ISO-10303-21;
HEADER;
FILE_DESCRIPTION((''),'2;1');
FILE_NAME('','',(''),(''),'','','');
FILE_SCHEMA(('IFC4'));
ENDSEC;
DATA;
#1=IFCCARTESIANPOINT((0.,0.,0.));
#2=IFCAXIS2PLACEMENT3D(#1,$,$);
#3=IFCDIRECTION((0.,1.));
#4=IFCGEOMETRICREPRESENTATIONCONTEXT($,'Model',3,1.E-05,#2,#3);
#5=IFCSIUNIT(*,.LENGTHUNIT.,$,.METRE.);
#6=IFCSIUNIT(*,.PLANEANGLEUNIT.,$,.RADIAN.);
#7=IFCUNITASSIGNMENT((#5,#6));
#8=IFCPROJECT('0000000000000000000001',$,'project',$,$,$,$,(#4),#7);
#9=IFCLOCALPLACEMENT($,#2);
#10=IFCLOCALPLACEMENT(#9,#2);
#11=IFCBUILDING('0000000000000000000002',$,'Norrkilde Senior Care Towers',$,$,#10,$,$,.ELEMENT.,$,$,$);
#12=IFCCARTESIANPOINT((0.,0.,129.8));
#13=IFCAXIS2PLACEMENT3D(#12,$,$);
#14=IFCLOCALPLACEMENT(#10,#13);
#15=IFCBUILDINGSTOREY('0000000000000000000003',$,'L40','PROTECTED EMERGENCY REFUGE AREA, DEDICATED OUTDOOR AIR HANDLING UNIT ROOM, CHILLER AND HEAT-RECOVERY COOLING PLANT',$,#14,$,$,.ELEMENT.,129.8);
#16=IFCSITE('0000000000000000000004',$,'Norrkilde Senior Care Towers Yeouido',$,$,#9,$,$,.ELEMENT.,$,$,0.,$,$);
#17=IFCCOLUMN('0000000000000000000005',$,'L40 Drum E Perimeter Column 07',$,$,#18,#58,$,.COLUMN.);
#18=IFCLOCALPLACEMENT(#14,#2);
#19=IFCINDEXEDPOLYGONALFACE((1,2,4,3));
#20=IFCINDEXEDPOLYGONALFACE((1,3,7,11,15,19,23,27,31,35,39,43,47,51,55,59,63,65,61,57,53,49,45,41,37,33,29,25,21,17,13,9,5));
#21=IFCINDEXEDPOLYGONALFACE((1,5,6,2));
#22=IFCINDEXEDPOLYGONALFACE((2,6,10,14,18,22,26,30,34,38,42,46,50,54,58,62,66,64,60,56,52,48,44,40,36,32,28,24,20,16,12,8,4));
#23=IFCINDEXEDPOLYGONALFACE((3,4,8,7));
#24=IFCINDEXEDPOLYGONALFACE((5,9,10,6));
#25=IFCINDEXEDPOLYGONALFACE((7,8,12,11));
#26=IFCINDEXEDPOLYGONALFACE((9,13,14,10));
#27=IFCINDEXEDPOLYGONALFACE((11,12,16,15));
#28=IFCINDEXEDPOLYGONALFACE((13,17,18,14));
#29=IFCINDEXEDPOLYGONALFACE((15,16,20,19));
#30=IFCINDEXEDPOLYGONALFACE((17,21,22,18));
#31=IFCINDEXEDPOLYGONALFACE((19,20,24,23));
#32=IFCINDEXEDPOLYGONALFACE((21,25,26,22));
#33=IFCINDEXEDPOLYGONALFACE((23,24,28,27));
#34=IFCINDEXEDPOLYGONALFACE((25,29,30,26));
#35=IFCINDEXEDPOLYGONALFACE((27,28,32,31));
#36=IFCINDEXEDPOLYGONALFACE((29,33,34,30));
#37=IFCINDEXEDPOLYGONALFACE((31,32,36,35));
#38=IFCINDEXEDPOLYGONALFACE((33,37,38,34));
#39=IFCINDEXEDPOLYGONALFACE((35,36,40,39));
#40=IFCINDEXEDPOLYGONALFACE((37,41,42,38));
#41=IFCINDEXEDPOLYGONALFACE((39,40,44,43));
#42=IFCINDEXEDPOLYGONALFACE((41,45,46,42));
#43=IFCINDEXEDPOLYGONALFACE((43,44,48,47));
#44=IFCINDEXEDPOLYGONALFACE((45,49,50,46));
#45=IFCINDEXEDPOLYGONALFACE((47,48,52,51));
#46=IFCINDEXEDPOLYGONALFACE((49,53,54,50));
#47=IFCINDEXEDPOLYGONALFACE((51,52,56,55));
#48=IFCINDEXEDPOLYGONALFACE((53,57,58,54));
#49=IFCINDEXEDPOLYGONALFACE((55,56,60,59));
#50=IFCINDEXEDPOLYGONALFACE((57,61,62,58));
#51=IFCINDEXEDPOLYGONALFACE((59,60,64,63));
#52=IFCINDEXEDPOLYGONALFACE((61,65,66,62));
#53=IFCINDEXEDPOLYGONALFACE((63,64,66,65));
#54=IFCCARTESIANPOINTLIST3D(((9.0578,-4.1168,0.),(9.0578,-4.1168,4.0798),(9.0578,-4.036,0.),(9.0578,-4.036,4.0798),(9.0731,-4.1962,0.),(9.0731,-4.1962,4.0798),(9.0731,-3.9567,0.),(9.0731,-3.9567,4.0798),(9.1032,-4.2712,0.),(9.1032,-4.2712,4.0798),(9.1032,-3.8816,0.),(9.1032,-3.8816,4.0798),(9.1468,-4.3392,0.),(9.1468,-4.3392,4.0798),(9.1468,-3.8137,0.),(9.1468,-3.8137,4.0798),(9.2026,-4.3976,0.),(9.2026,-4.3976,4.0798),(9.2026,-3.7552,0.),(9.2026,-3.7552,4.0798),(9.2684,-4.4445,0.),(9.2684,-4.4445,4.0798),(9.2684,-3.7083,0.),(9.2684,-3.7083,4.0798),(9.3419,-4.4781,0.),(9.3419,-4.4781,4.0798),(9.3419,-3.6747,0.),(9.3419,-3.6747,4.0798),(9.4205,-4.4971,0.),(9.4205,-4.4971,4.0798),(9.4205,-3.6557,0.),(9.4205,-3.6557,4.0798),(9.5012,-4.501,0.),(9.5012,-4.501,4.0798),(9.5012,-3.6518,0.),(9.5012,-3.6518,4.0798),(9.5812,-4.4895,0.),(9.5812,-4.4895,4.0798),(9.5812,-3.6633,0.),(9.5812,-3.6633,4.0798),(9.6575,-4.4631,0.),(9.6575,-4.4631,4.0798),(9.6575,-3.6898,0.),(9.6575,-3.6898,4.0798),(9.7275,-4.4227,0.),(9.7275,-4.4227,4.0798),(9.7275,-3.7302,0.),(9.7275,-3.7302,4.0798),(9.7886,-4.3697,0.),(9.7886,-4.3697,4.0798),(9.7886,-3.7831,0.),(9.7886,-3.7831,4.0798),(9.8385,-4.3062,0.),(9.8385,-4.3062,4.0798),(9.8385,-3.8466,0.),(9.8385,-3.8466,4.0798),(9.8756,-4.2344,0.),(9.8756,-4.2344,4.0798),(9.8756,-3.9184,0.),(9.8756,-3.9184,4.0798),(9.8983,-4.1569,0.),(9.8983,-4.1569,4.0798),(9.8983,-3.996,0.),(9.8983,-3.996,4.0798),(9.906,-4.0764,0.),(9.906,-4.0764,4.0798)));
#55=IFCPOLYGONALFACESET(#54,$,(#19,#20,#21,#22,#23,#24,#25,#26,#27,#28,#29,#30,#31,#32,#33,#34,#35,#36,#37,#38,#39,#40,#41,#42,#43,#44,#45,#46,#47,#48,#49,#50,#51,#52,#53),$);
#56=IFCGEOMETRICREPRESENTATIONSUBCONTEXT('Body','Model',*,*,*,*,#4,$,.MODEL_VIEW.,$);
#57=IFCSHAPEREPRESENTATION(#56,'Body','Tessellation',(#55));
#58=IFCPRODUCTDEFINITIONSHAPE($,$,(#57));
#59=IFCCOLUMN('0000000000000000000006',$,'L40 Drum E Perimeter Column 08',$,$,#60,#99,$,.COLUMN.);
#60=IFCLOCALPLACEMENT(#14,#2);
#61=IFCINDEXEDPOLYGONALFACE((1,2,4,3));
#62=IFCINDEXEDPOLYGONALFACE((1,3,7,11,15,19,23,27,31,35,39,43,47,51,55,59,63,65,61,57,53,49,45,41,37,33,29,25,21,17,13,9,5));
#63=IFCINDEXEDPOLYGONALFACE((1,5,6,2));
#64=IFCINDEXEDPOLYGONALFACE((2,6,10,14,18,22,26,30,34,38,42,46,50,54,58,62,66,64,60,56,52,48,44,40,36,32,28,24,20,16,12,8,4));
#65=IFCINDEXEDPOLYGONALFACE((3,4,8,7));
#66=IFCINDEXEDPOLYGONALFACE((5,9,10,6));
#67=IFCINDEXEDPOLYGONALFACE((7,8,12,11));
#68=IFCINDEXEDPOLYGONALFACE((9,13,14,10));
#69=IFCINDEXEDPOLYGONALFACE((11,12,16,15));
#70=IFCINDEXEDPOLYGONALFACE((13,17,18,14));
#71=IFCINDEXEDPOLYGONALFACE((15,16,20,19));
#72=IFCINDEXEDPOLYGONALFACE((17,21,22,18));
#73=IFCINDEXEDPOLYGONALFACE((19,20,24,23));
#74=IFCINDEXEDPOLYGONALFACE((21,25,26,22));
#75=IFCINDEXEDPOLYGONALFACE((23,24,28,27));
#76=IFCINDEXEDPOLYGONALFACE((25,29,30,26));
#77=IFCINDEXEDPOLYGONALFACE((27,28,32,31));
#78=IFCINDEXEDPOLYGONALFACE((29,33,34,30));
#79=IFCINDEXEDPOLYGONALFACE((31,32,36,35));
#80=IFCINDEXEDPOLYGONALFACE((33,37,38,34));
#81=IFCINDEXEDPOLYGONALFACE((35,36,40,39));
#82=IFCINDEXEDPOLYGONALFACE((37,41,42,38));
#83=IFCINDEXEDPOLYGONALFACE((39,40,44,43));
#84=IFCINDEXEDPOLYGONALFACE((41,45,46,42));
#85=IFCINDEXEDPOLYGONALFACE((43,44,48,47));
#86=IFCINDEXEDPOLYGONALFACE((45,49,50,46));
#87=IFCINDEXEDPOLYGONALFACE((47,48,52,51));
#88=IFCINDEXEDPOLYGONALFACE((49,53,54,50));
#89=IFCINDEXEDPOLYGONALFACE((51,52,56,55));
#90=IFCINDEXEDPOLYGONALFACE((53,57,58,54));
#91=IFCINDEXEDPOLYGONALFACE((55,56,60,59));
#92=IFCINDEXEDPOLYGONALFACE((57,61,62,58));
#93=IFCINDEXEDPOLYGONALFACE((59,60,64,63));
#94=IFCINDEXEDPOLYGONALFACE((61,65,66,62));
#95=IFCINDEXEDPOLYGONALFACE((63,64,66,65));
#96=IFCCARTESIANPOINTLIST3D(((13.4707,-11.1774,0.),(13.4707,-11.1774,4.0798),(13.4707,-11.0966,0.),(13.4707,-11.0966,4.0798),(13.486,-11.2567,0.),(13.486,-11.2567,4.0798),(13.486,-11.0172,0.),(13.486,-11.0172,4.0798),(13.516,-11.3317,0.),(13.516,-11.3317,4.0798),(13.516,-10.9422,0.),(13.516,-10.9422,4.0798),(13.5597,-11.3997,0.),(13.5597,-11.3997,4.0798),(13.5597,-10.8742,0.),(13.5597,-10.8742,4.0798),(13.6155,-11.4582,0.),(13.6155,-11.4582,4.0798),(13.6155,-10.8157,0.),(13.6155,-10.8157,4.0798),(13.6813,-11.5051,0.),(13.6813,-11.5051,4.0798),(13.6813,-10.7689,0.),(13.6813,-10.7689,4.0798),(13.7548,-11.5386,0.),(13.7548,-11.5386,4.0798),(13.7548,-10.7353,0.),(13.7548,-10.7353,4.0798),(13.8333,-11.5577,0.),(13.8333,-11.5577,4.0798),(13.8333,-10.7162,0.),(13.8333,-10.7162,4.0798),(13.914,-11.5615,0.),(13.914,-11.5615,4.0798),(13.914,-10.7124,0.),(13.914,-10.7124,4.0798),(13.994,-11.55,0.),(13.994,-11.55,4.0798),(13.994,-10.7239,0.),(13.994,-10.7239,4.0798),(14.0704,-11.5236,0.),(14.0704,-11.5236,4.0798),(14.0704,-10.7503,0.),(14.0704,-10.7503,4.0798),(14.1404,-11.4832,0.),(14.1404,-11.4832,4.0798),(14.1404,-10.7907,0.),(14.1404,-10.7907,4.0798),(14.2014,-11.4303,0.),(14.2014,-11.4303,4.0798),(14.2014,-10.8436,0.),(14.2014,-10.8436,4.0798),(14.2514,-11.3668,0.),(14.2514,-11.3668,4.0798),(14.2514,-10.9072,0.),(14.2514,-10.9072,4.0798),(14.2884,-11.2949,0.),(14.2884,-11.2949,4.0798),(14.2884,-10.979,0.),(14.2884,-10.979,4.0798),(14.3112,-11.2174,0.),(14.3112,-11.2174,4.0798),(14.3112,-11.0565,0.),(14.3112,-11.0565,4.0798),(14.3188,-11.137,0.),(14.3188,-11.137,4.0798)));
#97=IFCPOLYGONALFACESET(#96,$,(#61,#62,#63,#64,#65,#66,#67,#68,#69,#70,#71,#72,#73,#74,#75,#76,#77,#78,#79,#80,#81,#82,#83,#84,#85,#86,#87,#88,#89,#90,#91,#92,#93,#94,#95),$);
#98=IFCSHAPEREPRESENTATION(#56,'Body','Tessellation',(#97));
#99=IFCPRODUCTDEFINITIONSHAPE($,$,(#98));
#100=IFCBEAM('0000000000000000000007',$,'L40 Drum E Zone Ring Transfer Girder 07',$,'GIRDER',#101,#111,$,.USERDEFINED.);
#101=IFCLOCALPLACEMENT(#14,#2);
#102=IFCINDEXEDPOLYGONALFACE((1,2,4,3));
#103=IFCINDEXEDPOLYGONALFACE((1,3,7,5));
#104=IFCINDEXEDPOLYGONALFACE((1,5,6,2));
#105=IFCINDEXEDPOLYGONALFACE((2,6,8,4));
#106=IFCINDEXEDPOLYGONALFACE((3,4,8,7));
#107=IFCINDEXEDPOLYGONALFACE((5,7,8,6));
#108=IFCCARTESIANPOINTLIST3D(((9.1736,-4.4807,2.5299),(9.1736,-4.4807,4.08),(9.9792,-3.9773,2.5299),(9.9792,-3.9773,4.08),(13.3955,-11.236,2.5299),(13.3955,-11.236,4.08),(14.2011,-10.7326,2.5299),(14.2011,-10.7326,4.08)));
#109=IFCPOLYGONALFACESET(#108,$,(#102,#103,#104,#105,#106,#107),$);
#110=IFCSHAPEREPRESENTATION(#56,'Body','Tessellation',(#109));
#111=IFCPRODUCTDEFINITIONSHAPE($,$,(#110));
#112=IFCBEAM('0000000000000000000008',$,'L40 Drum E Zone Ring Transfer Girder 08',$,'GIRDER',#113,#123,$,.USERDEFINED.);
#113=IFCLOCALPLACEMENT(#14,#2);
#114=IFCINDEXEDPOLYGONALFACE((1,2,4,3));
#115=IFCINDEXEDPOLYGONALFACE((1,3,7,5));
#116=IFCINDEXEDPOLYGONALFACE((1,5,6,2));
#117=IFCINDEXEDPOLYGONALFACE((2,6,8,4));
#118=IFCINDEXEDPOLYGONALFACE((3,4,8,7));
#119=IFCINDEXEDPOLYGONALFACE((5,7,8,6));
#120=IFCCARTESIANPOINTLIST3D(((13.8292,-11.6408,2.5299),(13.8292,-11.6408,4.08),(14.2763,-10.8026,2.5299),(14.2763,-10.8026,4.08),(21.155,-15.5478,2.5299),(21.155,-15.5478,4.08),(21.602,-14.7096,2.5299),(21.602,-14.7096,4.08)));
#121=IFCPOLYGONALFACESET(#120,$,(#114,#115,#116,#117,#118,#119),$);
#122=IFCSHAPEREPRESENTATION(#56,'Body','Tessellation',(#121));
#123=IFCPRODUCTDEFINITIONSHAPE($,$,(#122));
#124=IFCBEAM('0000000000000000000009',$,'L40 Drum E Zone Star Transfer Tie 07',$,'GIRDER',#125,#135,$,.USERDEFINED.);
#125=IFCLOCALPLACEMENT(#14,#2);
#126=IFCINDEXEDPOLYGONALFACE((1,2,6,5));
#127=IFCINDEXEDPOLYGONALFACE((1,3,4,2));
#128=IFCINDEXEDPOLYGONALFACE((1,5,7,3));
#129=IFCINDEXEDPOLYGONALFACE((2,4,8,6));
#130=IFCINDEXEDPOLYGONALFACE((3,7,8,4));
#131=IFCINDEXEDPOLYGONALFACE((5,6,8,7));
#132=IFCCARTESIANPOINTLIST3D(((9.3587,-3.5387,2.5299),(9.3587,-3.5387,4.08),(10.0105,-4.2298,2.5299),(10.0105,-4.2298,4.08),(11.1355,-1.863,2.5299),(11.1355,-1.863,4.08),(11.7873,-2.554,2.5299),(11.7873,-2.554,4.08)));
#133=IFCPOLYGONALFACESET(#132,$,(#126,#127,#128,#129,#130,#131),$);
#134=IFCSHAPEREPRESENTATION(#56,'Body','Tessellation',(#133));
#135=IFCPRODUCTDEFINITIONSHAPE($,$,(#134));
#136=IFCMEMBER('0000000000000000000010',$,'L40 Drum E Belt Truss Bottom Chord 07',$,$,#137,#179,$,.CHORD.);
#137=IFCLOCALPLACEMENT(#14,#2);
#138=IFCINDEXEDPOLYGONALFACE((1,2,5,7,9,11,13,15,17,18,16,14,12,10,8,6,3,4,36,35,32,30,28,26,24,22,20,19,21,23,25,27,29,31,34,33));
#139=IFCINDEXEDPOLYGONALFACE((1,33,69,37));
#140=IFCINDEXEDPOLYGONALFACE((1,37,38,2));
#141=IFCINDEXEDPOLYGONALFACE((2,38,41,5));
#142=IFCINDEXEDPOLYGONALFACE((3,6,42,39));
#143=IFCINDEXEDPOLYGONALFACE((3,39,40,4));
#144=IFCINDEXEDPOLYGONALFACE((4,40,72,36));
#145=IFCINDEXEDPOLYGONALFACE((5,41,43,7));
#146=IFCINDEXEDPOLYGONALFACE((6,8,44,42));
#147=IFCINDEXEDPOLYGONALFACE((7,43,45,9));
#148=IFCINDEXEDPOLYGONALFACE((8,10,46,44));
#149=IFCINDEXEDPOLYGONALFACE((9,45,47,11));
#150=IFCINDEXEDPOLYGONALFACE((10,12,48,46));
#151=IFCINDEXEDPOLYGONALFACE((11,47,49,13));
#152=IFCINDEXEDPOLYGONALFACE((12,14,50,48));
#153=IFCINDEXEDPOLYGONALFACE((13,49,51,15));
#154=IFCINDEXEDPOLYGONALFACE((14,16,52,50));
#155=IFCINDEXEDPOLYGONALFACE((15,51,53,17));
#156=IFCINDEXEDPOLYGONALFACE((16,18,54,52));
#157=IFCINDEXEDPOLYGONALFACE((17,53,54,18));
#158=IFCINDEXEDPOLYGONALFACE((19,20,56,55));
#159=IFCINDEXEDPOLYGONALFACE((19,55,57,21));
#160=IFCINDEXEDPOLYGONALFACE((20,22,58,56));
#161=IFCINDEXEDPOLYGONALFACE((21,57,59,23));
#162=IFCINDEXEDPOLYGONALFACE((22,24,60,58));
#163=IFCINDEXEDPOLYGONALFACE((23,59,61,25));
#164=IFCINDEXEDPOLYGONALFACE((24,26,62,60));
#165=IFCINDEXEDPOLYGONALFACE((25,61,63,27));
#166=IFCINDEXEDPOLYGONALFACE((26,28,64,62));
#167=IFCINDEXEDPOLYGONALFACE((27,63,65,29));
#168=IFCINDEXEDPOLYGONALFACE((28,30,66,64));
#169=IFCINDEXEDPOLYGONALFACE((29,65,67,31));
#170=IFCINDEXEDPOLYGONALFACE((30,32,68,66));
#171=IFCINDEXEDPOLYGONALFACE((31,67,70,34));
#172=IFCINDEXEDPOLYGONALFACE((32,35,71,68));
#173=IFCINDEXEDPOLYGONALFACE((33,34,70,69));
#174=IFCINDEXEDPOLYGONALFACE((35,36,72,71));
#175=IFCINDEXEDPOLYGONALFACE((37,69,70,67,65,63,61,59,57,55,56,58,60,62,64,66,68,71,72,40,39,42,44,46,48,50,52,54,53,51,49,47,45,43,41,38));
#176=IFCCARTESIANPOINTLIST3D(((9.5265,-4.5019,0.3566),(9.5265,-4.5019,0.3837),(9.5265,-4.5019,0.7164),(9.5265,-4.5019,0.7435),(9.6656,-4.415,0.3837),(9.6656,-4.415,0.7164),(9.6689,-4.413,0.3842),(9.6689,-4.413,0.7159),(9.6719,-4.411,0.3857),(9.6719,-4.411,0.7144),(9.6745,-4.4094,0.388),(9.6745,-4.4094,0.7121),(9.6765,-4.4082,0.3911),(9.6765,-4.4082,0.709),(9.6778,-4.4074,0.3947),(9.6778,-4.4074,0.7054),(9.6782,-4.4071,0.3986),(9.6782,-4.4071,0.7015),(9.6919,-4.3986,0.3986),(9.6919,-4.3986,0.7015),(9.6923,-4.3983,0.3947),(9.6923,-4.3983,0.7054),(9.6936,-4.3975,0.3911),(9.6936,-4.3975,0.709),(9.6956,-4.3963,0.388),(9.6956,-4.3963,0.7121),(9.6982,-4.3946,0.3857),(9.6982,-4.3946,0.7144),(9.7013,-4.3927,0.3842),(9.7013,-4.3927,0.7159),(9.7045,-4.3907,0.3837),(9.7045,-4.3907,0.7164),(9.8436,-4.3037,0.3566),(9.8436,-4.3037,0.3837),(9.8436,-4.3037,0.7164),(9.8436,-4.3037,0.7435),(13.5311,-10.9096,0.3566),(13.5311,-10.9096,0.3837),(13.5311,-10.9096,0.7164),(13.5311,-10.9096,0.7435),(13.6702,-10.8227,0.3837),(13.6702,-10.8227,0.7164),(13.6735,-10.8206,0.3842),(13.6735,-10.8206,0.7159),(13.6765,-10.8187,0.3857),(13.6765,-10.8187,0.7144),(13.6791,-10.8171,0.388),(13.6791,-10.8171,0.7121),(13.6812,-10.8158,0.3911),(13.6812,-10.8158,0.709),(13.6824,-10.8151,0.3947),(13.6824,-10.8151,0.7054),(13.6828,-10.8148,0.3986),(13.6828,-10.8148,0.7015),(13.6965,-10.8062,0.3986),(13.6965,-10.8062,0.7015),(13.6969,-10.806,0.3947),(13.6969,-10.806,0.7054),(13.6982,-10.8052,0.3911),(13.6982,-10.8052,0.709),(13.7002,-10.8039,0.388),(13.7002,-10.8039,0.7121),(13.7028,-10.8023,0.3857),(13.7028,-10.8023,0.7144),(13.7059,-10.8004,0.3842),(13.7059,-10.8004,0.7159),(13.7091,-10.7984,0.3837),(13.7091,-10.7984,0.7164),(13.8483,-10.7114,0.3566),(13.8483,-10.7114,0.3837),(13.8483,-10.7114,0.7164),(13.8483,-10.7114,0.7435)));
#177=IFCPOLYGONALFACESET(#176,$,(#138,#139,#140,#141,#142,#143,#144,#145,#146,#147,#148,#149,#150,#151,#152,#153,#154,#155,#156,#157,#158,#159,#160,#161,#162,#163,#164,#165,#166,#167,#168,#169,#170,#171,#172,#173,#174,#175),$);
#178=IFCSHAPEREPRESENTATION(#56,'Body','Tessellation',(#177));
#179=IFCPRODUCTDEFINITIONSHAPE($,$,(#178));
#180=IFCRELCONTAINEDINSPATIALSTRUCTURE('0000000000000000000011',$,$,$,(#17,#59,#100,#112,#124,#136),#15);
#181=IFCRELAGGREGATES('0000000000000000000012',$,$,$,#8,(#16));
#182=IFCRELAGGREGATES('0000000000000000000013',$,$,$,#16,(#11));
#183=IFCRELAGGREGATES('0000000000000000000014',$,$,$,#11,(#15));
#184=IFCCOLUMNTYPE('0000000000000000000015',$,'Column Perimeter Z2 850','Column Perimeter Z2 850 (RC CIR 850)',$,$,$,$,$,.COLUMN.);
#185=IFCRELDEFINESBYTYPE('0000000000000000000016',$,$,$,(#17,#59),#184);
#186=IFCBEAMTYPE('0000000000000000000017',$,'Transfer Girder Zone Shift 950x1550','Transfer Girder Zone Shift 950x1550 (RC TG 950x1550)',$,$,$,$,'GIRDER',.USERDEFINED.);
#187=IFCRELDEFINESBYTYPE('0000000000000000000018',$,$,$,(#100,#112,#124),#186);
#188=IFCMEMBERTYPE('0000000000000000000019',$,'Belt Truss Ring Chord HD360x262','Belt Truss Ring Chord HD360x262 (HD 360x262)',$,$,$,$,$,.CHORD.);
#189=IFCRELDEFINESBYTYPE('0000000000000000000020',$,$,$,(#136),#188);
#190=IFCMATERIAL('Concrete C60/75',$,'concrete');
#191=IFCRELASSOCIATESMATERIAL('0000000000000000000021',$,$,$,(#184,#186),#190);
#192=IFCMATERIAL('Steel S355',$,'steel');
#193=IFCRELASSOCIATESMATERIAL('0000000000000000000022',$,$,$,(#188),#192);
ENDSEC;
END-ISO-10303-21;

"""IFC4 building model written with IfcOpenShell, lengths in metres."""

from ifc_helpers import new_model, si_unit, direction, frame, origin, origin_2d, place, context, subcontext, project, spatial, rectangle, circle, i_section, extrude, source, transform, mapped, material, material_profile, profile_set, type_object, type_shapes, element, save


model = new_model("IFC4")

# Units and contexts
model_context = context("Model", 3, precision=1e-05, world=origin(), true_north=direction((0.0, 1.0)))
body_context = subcontext(model_context, "Body", "Model", "MODEL_VIEW")
ifc_project = project(units=[si_unit("LENGTHUNIT", "METRE"), si_unit("PLANEANGLEUNIT", "RADIAN")], contexts=[model_context])

# Site, building, storey
site_placement = place(None, origin())
site = spatial("IfcSite", under=ifc_project, at=site_placement, Name="Norrkilde Senior Care Towers Yeouido", CompositionType="ELEMENT", RefElevation=0.0)
building_placement = place(site_placement, origin())
building = spatial("IfcBuilding", under=site, at=building_placement, Name="Norrkilde Senior Care Towers", CompositionType="ELEMENT")
storey_placement = place(building_placement, frame((0.0, 0.0, 129.8)))
storey = spatial("IfcBuildingStorey", under=building, at=storey_placement, Name="L40", Description="PROTECTED EMERGENCY REFUGE AREA, DEDICATED OUTDOOR AIR HANDLING UNIT ROOM, CHILLER AND HEAT-RECOVERY COOLING PLANT", CompositionType="ELEMENT", Elevation=129.8)

# Columns
ifc_material_1 = material(Name="Concrete C60/75", Category="concrete")
ifc_material_profile_1 = material_profile(ifc_material_1, circle(Radius=0.425, at=origin_2d()), Name="RC CIR 850")
ifc_profile_set_1 = profile_set([ifc_material_profile_1], Name="Concrete C60/75")
column_type = type_object("IfcColumnType", Name="Column Perimeter Z2 850", Description="Column Perimeter Z2 850 (RC CIR 850)", PredefinedType="COLUMN", material=ifc_profile_set_1)
shared_shape_1 = source(origin(), body_context, "Body", "SweptSolid", [
    extrude(circle(Radius=0.425, at=origin_2d()), origin(), (0.0, 0.0, 1.0), 4.0798),
])
type_shapes(column_type, [shared_shape_1])
for number, where, z_axis, x_axis, name in (
    (1, (9.481, -4.0764, 0.0), (0.0, 0.0, 1.0), (1.0, 0.0, 0.0), "L40 Drum E Perimeter Column 07"),
    (2, (13.8938, -11.137, 0.0), (0.0, 0.0, 1.0), (1.0, 0.0, 0.0), "L40 Drum E Perimeter Column 08"),
):
    element("IfcColumn", number, at=place(storey_placement, frame(where, z_axis=z_axis, x_axis=x_axis)), inside=storey, type_object=column_type, Name=name, PredefinedType="COLUMN", context=body_context, shape_type="MappedRepresentation", body=[
        mapped(shared_shape_1, transform((0.0, 0.0, 0.0), x_axis=(1.0, 0.0, 0.0), y_axis=(0.0, 1.0, 0.0), z_axis=(0.0, 0.0, 1.0), scale=1.0)),
    ])

# Beams
ifc_material_profile_2 = material_profile(ifc_material_1, rectangle(XDim=0.95, YDim=1.55, at=origin_2d()), Name="RC TG 950x1550")
ifc_profile_set_2 = profile_set([ifc_material_profile_2], Name="Concrete C60/75")
beam_type = type_object("IfcBeamType", Name="Transfer Girder Zone Shift 950x1550", Description="Transfer Girder Zone Shift 950x1550 (RC TG 950x1550)", ElementType="GIRDER", PredefinedType="USERDEFINED", material=ifc_profile_set_2)
shared_shape_2 = source(origin(), body_context, "Body", "SweptSolid", [
    extrude(rectangle(XDim=0.95, YDim=1.55, at=origin_2d()), origin(), (0.0, 0.0, 1.0), 7.9661),
])
beam_1_placement = place(storey_placement, frame((9.5764, -4.229, 3.3049), z_axis=(0.529982, -0.848009, 0.0), x_axis=(0.848009, 0.529982, 0.0)))
element("IfcBeam", 3, at=beam_1_placement, inside=storey, type_object=beam_type, Name="L40 Drum E Zone Ring Transfer Girder 07", ObjectType="GIRDER", PredefinedType="USERDEFINED", context=body_context, shape_type="MappedRepresentation", body=[
    mapped(shared_shape_2, transform((0.0, 0.0, 0.0), x_axis=(1.0, 0.0, 0.0), y_axis=(0.0, 1.0, 0.0), z_axis=(0.0, 0.0, 1.0), scale=1.0)),
])
shared_shape_3 = source(origin(), body_context, "Body", "SweptSolid", [
    extrude(rectangle(XDim=0.95, YDim=1.55, at=origin_2d()), origin(), (0.0, 0.0, 1.0), 8.3025),
])
beam_2_placement = place(storey_placement, frame((14.0527, -11.2217, 3.3049), z_axis=(0.882355, -0.470584, 0.0), x_axis=(0.470584, 0.882355, 0.0)))
element("IfcBeam", 4, at=beam_2_placement, inside=storey, type_object=beam_type, Name="L40 Drum E Zone Ring Transfer Girder 08", ObjectType="GIRDER", PredefinedType="USERDEFINED", context=body_context, shape_type="MappedRepresentation", body=[
    mapped(shared_shape_3, transform((0.0, 0.0, 0.0), x_axis=(1.0, 0.0, 0.0), y_axis=(0.0, 1.0, 0.0), z_axis=(0.0, 0.0, 1.0), scale=1.0)),
])
shared_shape_4 = source(origin(), body_context, "Body", "SweptSolid", [
    extrude(rectangle(XDim=0.95, YDim=1.55, at=origin_2d()), origin(), (0.0, 0.0, 1.0), 2.4424),
])
beam_3_placement = place(storey_placement, frame((11.4614, -2.2085, 3.3049), z_axis=(-0.727495, -0.686113, 0.0), x_axis=(0.686113, -0.727495, 0.0)))
element("IfcBeam", 5, at=beam_3_placement, inside=storey, type_object=beam_type, Name="L40 Drum E Zone Star Transfer Tie 07", ObjectType="GIRDER", PredefinedType="USERDEFINED", context=body_context, shape_type="MappedRepresentation", body=[
    mapped(shared_shape_4, transform((0.0, 0.0, 0.0), x_axis=(1.0, 0.0, 0.0), y_axis=(0.0, 1.0, 0.0), z_axis=(0.0, 0.0, 1.0), scale=1.0)),
])

# Member
ifc_material_2 = material(Name="Steel S355", Category="steel")
ifc_material_profile_3 = material_profile(ifc_material_2, i_section(OverallWidth=0.374, OverallDepth=0.387, WebThickness=0.0161, FlangeThickness=0.0271, FilletRadius=0.0149, at=origin_2d()), Name="HD 360x262")
ifc_profile_set_3 = profile_set([ifc_material_profile_3], Name="Steel S355")
member_type_1 = type_object("IfcMemberType", Name="Belt Truss Ring Chord HD360x262", Description="Belt Truss Ring Chord HD360x262 (HD 360x262)", PredefinedType="CHORD", material=ifc_profile_set_3)
shared_shape_5 = source(origin(), body_context, "Body", "SweptSolid", [
    extrude(i_section(OverallWidth=0.374, OverallDepth=0.387, WebThickness=0.0161, FlangeThickness=0.0271, FilletRadius=0.0149, at=origin_2d()), origin(), (0.0, 0.0, 1.0), 7.5562),
])
member_1_placement = place(storey_placement, frame((9.6851, -4.4028, 0.55), z_axis=(0.529982, -0.848009, 0.0), x_axis=(0.848009, 0.529982, 0.0)))
element("IfcMember", 6, at=member_1_placement, inside=storey, type_object=member_type_1, Name="L40 Drum E Belt Truss Bottom Chord 07", PredefinedType="CHORD", context=body_context, shape_type="MappedRepresentation", body=[
    mapped(shared_shape_5, transform((0.0, 0.0, 0.0), x_axis=(1.0, 0.0, 0.0), y_axis=(0.0, 1.0, 0.0), z_axis=(0.0, 0.0, 1.0), scale=1.0)),
])

save(model, "model.ifc")
